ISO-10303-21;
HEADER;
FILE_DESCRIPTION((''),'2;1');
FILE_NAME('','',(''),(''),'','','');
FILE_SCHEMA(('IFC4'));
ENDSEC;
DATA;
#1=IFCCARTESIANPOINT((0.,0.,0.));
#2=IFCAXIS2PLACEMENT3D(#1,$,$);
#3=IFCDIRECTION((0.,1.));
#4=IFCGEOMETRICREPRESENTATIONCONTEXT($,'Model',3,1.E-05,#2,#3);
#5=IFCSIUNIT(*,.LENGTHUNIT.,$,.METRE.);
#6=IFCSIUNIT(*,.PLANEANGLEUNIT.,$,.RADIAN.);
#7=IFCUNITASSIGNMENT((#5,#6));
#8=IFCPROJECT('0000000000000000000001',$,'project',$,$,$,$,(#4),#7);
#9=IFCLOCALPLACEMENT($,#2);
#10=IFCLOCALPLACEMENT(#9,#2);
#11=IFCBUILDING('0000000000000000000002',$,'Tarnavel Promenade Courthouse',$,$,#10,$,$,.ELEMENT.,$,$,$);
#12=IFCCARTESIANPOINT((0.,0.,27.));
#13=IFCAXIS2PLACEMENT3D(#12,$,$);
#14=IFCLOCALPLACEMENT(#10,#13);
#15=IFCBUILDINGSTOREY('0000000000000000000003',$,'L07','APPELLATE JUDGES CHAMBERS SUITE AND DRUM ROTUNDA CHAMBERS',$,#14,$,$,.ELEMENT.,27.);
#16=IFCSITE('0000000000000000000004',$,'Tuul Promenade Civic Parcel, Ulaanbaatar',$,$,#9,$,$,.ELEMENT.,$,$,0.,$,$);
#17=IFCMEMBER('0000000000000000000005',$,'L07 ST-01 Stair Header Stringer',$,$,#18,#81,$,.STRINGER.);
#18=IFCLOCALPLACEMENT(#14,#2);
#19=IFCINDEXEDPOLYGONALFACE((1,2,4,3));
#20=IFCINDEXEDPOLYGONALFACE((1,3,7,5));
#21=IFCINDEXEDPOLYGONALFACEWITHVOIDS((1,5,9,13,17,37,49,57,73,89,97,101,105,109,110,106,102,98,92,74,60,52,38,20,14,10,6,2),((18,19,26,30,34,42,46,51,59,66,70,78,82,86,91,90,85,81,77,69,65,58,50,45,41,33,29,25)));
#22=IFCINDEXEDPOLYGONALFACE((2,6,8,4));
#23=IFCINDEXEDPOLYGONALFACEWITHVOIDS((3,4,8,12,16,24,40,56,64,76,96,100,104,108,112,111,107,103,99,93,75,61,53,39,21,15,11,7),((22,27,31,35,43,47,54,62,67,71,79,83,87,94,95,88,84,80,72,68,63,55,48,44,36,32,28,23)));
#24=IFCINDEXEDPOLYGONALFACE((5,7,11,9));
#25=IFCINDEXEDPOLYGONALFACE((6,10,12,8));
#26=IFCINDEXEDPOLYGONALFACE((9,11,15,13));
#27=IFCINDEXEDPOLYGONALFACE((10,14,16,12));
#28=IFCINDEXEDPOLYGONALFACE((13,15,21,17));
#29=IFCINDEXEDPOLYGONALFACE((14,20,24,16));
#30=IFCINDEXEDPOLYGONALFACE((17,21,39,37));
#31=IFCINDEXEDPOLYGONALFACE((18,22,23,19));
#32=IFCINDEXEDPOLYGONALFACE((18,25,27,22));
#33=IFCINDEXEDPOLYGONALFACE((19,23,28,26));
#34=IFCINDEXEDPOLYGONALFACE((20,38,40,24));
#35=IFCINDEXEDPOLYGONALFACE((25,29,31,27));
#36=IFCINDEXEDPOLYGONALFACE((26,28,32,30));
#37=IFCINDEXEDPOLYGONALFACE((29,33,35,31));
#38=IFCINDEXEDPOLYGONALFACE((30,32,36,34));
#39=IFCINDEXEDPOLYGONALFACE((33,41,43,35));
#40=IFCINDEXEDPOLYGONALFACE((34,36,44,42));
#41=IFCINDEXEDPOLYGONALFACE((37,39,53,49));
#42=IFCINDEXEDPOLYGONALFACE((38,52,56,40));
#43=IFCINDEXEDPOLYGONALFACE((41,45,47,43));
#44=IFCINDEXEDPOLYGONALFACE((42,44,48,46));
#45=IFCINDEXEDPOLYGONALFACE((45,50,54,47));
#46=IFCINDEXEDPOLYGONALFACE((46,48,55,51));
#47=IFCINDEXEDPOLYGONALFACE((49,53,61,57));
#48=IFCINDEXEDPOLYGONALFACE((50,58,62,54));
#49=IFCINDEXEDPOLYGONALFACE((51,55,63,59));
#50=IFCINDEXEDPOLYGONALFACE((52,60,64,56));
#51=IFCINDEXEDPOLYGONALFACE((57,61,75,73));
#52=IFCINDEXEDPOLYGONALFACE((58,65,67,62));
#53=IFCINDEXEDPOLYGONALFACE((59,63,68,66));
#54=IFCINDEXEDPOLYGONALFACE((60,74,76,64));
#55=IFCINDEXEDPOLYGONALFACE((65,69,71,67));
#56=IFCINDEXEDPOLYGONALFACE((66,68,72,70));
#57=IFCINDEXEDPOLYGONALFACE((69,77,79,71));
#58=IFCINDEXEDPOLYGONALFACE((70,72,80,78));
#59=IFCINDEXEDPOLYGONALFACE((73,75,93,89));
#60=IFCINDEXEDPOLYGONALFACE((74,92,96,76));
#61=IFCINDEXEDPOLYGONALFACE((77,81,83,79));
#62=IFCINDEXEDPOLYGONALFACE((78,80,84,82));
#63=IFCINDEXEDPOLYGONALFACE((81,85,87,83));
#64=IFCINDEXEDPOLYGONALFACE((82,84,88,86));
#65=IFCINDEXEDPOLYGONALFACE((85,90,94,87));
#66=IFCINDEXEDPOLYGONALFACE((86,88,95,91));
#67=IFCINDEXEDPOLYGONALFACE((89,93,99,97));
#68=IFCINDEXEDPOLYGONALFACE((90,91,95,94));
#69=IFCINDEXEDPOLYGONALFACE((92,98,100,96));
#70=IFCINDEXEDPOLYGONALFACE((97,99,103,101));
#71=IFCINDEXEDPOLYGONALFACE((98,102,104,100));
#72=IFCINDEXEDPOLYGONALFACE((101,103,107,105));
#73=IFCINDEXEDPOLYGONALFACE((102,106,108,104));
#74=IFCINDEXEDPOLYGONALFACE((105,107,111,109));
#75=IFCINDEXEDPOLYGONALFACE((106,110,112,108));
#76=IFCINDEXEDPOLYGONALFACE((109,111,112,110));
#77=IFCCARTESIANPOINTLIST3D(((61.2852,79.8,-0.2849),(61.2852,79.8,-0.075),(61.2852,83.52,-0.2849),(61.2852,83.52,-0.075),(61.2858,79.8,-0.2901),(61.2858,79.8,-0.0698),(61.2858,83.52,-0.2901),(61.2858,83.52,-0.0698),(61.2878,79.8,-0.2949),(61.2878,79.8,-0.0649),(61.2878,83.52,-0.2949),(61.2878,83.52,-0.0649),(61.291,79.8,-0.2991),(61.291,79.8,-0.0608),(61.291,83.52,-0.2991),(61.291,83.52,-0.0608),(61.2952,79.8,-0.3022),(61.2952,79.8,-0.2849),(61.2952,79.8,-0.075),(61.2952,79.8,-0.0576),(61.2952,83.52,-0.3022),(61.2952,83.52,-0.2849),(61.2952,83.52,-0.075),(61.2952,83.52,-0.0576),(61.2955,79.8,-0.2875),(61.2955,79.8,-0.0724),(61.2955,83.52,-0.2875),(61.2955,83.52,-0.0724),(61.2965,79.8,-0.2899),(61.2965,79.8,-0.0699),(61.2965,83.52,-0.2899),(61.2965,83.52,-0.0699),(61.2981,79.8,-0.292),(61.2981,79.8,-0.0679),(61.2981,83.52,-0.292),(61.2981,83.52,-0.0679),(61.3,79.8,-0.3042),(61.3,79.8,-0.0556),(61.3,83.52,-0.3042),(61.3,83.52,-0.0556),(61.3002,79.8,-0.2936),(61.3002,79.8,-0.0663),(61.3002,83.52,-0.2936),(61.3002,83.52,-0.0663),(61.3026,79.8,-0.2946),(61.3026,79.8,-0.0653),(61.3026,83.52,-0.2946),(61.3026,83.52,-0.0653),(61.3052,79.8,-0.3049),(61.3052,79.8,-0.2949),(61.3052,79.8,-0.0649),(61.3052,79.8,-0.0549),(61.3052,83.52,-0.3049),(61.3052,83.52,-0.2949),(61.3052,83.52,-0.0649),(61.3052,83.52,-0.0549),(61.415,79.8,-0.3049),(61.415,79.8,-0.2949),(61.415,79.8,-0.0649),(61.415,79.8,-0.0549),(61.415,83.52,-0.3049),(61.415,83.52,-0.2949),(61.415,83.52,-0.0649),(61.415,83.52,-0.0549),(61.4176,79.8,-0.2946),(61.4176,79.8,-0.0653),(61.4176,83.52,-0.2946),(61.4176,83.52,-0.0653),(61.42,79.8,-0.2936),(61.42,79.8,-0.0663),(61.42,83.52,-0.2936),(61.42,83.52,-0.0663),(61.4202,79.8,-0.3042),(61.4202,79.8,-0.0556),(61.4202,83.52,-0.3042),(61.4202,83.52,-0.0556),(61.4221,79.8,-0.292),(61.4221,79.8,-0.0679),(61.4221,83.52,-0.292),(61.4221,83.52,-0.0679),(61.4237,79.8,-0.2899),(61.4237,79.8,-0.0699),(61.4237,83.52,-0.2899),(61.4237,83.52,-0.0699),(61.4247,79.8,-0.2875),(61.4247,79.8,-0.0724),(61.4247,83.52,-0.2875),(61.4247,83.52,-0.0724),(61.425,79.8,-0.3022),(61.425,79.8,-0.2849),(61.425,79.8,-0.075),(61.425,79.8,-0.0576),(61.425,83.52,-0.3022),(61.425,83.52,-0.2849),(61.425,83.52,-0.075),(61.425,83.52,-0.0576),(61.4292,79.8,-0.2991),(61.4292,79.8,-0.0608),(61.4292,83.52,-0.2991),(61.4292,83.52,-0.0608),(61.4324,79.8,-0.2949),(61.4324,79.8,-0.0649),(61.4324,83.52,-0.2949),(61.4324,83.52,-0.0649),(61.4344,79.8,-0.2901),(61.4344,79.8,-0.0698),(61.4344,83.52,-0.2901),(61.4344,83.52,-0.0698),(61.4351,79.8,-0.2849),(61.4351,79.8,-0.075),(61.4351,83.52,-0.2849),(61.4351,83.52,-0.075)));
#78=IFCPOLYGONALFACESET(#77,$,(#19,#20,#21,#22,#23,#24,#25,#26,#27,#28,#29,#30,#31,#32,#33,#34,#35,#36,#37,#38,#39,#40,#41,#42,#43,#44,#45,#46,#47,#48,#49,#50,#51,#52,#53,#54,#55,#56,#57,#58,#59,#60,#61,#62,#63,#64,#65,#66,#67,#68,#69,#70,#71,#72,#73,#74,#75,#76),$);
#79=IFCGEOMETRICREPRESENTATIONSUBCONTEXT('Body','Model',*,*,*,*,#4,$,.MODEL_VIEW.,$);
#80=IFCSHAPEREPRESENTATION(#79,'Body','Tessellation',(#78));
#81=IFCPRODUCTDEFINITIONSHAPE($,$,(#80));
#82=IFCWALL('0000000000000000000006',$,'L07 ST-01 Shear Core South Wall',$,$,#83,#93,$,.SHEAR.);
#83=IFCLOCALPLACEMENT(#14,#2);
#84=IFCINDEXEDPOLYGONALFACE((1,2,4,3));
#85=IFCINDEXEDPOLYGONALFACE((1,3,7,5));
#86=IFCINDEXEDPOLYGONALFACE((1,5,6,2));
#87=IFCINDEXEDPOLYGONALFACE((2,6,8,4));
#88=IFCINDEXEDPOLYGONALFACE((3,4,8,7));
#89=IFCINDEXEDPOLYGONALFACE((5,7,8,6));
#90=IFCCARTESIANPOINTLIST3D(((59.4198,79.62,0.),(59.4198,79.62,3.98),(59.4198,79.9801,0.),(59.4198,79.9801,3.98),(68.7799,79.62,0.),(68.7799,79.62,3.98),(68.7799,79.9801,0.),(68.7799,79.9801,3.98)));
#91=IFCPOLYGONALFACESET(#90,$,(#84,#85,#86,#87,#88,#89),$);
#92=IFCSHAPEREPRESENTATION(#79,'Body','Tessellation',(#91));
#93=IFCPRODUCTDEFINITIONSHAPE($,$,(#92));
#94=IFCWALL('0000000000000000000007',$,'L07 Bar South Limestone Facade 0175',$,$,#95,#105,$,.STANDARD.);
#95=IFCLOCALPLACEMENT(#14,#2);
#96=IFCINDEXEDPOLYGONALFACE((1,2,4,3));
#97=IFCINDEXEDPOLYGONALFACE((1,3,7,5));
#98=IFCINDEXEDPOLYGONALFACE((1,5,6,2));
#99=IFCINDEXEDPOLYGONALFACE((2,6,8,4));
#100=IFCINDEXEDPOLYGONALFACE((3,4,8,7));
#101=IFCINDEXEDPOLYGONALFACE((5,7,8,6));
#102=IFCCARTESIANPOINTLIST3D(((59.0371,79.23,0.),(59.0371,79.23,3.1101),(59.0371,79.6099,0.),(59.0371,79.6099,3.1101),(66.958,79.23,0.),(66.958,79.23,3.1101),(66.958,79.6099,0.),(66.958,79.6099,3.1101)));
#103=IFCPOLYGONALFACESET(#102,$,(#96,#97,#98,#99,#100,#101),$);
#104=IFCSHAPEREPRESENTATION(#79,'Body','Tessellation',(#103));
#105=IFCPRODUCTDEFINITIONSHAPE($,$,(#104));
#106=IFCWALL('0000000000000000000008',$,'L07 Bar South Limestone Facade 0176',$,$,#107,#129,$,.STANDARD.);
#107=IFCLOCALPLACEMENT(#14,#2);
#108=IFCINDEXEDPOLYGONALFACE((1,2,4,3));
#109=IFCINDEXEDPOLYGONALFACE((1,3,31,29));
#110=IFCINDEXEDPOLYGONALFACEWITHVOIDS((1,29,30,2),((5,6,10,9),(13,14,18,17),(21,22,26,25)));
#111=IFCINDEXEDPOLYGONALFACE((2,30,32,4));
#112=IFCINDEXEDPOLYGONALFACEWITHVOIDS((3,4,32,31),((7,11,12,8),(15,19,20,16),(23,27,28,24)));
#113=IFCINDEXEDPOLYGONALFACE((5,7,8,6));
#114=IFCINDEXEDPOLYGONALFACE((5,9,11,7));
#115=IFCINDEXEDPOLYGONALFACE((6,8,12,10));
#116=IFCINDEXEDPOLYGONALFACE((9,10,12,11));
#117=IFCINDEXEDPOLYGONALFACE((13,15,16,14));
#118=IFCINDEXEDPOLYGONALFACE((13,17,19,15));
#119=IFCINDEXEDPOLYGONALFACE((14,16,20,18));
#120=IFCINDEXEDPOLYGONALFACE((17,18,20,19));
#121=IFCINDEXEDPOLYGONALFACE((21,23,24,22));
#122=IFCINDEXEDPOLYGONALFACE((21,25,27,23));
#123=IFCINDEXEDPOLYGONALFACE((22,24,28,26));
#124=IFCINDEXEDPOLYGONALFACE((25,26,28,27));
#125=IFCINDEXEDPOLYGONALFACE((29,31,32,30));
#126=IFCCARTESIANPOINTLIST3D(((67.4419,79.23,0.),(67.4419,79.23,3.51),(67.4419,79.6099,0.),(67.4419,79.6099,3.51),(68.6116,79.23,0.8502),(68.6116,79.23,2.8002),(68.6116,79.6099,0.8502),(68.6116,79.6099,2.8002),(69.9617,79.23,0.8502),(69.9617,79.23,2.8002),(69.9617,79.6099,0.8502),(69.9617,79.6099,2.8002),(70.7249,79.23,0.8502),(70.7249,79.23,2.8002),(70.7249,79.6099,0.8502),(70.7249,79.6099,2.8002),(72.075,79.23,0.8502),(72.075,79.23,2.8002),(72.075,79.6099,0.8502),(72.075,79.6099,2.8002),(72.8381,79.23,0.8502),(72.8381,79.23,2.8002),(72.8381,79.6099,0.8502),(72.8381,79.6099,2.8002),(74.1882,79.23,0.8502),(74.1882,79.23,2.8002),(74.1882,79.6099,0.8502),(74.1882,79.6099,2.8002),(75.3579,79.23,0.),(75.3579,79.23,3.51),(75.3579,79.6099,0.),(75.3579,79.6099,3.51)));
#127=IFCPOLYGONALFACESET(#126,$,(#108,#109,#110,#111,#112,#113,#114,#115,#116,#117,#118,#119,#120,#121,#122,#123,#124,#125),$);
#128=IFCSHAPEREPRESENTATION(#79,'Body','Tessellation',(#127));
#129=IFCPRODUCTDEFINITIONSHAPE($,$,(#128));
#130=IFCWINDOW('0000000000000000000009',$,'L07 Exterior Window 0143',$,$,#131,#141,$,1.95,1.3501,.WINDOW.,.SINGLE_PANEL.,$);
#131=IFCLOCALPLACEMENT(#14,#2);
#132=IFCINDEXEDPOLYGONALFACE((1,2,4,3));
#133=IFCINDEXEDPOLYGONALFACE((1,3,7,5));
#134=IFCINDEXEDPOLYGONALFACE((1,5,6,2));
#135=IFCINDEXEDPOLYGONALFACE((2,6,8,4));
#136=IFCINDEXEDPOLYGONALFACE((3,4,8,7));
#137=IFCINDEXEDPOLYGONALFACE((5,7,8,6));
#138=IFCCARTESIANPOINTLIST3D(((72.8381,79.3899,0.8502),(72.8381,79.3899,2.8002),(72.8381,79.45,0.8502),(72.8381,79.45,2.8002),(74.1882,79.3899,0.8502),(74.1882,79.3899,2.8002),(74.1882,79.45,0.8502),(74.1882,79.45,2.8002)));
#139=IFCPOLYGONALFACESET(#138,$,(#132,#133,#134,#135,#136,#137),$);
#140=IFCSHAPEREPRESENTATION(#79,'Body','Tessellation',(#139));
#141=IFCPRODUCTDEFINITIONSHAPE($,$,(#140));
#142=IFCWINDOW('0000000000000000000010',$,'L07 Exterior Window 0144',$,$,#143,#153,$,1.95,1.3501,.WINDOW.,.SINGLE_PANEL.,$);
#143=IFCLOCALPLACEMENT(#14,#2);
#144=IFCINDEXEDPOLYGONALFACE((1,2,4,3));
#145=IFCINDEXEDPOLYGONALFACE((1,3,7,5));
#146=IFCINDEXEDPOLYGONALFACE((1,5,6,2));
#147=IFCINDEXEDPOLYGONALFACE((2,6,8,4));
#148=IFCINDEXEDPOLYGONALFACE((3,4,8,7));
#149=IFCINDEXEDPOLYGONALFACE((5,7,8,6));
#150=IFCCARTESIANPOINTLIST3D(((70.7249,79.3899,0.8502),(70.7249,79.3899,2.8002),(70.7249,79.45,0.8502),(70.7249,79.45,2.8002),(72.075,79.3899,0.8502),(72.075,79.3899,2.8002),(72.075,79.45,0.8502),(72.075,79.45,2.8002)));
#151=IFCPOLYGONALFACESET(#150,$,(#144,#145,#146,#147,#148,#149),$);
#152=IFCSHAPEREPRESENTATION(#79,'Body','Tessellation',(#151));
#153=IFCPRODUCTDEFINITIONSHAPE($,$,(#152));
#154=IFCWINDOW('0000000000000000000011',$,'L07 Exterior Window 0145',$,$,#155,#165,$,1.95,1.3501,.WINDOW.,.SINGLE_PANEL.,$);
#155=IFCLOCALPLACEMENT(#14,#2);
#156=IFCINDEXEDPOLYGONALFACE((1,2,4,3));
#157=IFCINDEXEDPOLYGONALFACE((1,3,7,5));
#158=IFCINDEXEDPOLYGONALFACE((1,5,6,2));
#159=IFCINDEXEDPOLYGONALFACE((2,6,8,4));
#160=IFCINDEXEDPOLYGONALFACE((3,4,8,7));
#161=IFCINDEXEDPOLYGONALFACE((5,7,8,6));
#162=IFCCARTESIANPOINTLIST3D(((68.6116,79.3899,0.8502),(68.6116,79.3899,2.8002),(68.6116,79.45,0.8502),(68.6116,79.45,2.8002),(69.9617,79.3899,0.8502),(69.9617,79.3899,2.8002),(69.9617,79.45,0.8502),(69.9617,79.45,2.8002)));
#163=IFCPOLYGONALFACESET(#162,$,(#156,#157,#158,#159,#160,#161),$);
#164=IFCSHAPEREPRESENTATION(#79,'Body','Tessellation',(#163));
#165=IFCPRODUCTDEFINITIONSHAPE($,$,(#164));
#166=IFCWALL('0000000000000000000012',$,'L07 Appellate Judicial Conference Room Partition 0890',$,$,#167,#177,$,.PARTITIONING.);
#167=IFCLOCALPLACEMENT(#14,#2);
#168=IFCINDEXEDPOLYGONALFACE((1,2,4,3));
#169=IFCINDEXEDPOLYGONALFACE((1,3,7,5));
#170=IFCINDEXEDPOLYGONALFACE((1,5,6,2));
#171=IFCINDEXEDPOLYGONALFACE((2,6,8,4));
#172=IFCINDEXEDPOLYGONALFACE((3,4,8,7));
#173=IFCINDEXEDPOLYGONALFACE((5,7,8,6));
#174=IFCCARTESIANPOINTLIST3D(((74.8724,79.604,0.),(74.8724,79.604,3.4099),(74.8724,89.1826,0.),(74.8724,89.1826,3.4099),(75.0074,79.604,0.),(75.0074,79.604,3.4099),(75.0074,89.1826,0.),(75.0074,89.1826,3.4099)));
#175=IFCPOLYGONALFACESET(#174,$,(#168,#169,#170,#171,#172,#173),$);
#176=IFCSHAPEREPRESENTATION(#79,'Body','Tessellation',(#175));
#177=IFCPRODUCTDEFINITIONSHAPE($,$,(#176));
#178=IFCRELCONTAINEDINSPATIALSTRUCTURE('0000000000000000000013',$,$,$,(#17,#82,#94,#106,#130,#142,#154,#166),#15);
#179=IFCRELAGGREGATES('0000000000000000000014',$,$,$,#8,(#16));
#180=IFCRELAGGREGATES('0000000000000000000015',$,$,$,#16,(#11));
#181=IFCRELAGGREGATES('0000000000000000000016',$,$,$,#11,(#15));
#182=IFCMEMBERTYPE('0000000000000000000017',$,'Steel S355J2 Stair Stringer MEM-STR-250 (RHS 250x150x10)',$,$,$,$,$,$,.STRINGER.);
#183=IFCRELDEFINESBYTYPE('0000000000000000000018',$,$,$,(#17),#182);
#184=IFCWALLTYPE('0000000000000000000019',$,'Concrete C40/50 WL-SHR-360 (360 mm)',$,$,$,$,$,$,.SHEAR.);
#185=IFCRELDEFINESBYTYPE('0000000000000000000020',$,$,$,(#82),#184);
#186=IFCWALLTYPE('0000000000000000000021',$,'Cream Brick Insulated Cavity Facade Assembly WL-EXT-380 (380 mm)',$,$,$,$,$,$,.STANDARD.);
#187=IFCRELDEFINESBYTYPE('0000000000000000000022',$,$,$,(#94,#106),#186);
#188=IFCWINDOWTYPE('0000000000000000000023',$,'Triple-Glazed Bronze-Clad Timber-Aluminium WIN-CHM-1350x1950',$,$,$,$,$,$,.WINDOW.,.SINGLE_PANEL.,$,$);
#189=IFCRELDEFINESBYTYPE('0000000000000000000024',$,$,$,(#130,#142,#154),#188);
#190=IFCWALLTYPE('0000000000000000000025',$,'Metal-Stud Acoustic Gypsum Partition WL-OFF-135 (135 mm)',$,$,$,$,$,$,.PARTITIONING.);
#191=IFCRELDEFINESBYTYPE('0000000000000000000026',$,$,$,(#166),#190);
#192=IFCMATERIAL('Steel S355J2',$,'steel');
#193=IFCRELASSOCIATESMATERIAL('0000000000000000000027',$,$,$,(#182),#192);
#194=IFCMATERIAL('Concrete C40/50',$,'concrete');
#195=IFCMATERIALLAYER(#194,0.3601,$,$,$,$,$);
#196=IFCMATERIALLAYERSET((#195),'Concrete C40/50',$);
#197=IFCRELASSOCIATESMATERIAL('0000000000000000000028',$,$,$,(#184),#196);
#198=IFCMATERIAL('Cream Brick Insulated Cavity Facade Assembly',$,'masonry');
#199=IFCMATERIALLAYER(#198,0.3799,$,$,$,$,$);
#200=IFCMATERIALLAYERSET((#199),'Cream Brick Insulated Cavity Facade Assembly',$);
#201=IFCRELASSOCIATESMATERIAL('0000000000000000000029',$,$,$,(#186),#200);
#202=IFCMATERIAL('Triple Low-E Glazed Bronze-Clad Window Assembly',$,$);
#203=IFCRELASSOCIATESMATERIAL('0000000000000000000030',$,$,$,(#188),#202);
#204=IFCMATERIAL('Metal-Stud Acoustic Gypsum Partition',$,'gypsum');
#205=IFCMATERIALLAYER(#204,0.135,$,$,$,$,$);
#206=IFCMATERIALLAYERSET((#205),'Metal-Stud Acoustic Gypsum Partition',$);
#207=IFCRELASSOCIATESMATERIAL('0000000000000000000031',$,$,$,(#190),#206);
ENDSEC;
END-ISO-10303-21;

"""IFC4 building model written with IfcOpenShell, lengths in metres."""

from ifc_helpers import new_model, si_unit, direction, frame, frame_2d, origin, origin_2d, place, context, subcontext, project, spatial, rectangle, hollow_rectangle, extrude, material, layer, layer_set, material_profile, profile_set, type_object, element, fill, save


model = new_model("IFC4")

# Units and contexts
model_context = context("Model", 3, precision=1e-05, world=origin(), true_north=direction((0.0, 1.0)))
body_context = subcontext(model_context, "Body", "Model", "MODEL_VIEW")
ifc_project = project(units=[si_unit("LENGTHUNIT", "METRE"), si_unit("PLANEANGLEUNIT", "RADIAN")], contexts=[model_context])

# Site, building, storey
site_placement = place(None, origin())
site = spatial("IfcSite", under=ifc_project, at=site_placement, Name="Tuul Promenade Civic Parcel, Ulaanbaatar", CompositionType="ELEMENT", RefElevation=0.0)
building_placement = place(site_placement, origin())
building = spatial("IfcBuilding", under=site, at=building_placement, Name="Tarnavel Promenade Courthouse", CompositionType="ELEMENT")
storey_placement = place(building_placement, frame((0.0, 0.0, 27.0)))
storey = spatial("IfcBuildingStorey", under=building, at=storey_placement, Name="L07", Description="APPELLATE JUDGES CHAMBERS SUITE AND DRUM ROTUNDA CHAMBERS", CompositionType="ELEMENT", Elevation=27.0)

# Shared definitions
ifc_material_1 = material(Name="Concrete C40/50", Category="concrete")

# Member
ifc_material_2 = material(Name="Steel S355J2", Category="steel")
ifc_material_profile_1 = material_profile(ifc_material_2, hollow_rectangle(XDim=0.1499, YDim=0.25, WallThickness=0.01, InnerFilletRadius=0.01, OuterFilletRadius=0.02, at=origin_2d()), Name="RHS 250x150x10")
ifc_profile_set_1 = profile_set([ifc_material_profile_1], Name="Steel S355J2")
member_type_1 = type_object("IfcMemberType", Name="Steel S355J2 Stair Stringer MEM-STR-250 (RHS 250x150x10)", PredefinedType="STRINGER", material=ifc_profile_set_1)
member_placement = place(storey_placement, frame((61.3601, 79.8, -0.1799), z_axis=(0.0, 1.0, 0.0), x_axis=(-1.0, 0.0, 0.0)))
element("IfcMember", 1, at=member_placement, inside=storey, type_object=member_type_1, Name="L07 ST-01 Stair Header Stringer", PredefinedType="STRINGER", context=body_context, shape_type="SweptSolid", body=[
    extrude(hollow_rectangle(XDim=0.1499, YDim=0.25, WallThickness=0.01, InnerFilletRadius=0.01, OuterFilletRadius=0.02, at=origin_2d()), origin(), (0.0, 0.0, 1.0), 3.72),
])

# Walls
ifc_layer_1 = layer(ifc_material_1, 0.3601)
ifc_layer_set_1 = layer_set([ifc_layer_1], Name="Concrete C40/50")
wall_type_1 = type_object("IfcWallType", Name="Concrete C40/50 WL-SHR-360 (360 mm)", PredefinedType="SHEAR", material=ifc_layer_set_1)
wall_1_placement = place(storey_placement, frame((68.78, 79.8, 0.0), z_axis=(0.0, 0.0, 1.0), x_axis=(-1.0, 0.0, 0.0)))
element("IfcWall", 2, at=wall_1_placement, inside=storey, type_object=wall_type_1, Name="L07 ST-01 Shear Core South Wall", PredefinedType="SHEAR", context=body_context, shape_type="SweptSolid", body=[
    extrude(rectangle(XDim=9.3601, YDim=0.3601, at=frame_2d((4.6802, 0.0))), origin(), (0.0, 0.0, 1.0), 3.98),
])
ifc_material_3 = material(Name="Cream Brick Insulated Cavity Facade Assembly", Category="masonry")
ifc_layer_2 = layer(ifc_material_3, 0.3799)
ifc_layer_set_2 = layer_set([ifc_layer_2], Name="Cream Brick Insulated Cavity Facade Assembly")
wall_type_2 = type_object("IfcWallType", Name="Cream Brick Insulated Cavity Facade Assembly WL-EXT-380 (380 mm)", PredefinedType="STANDARD", material=ifc_layer_set_2)
wall_2_placement = place(storey_placement, frame((66.958, 79.4199, 0.0), z_axis=(0.0, 0.0, 1.0), x_axis=(-1.0, 0.0, 0.0)))
element("IfcWall", 3, at=wall_2_placement, inside=storey, type_object=wall_type_2, Name="L07 Bar South Limestone Facade 0175", PredefinedType="STANDARD", context=body_context, shape_type="SweptSolid", body=[
    extrude(rectangle(XDim=7.9209, YDim=0.3799, at=frame_2d((3.9604, 0.0))), origin(), (0.0, 0.0, 1.0), 3.1101),
])

# Wall, openings, windows
wall_3_placement = place(storey_placement, frame((75.3579, 79.4199, 0.0), z_axis=(0.0, 0.0, 1.0), x_axis=(-1.0, 0.0, 0.0)))
wall_3 = element("IfcWall", 4, at=wall_3_placement, inside=storey, type_object=wall_type_2, Name="L07 Bar South Limestone Facade 0176", PredefinedType="STANDARD", context=body_context, shape_type="SweptSolid", body=[
    extrude(rectangle(XDim=7.916, YDim=0.3799, at=frame_2d((3.958, 0.0))), origin(), (0.0, 0.0, 1.0), 3.51),
])
opening_1_placement = place(wall_3_placement, frame((1.1697, 0.0, 0.8501)))
opening_1 = element("IfcOpeningElement", 5, at=opening_1_placement, cuts=wall_3, PredefinedType="OPENING", context=body_context, shape_type="SweptSolid", body=[
    extrude(rectangle(XDim=1.3501, YDim=1.95, at=frame_2d((0.675, 0.9751))), frame((0.0, 0.2, 0.0), z_axis=(0.0, -1.0, 0.0), x_axis=(1.0, 0.0, 0.0)), (0.0, 0.0, 1.0), 0.3999),
])
opening_2_placement = place(wall_3_placement, frame((3.283, 0.0, 0.8501)))
opening_2 = element("IfcOpeningElement", 6, at=opening_2_placement, cuts=wall_3, PredefinedType="OPENING", context=body_context, shape_type="SweptSolid", body=[
    extrude(rectangle(XDim=1.3501, YDim=1.95, at=frame_2d((0.675, 0.9751))), frame((0.0, 0.2, 0.0), z_axis=(0.0, -1.0, 0.0), x_axis=(1.0, 0.0, 0.0)), (0.0, 0.0, 1.0), 0.3999),
])
opening_3_placement = place(wall_3_placement, frame((5.3962, 0.0, 0.8501)))
opening_3 = element("IfcOpeningElement", 7, at=opening_3_placement, cuts=wall_3, PredefinedType="OPENING", context=body_context, shape_type="SweptSolid", body=[
    extrude(rectangle(XDim=1.3501, YDim=1.95, at=frame_2d((0.675, 0.9751))), frame((0.0, 0.2, 0.0), z_axis=(0.0, -1.0, 0.0), x_axis=(1.0, 0.0, 0.0)), (0.0, 0.0, 1.0), 0.3999),
])
ifc_material_4 = material(Name="Triple Low-E Glazed Bronze-Clad Window Assembly")
window_type = type_object("IfcWindowType", Name="Triple-Glazed Bronze-Clad Timber-Aluminium WIN-CHM-1350x1950", PartitioningType="SINGLE_PANEL", PredefinedType="WINDOW", material=ifc_material_4)
window_1_placement = place(opening_1_placement, origin())
window_1 = element("IfcWindow", 8, at=window_1_placement, inside=storey, type_object=window_type, Name="L07 Exterior Window 0143", OverallHeight=1.95, OverallWidth=1.3501, PartitioningType="SINGLE_PANEL", PredefinedType="WINDOW", context=body_context, shape_type="SweptSolid", body=[
    extrude(rectangle(XDim=1.3501, YDim=1.95, at=frame_2d((0.675, 0.9751))), frame((0.0, 0.03, 0.0), z_axis=(0.0, -1.0, 0.0), x_axis=(1.0, 0.0, 0.0)), (0.0, 0.0, 1.0), 0.0601),
])
fill(opening_1, window_1)
window_2_placement = place(opening_2_placement, origin())
window_2 = element("IfcWindow", 9, at=window_2_placement, inside=storey, type_object=window_type, Name="L07 Exterior Window 0144", OverallHeight=1.95, OverallWidth=1.3501, PartitioningType="SINGLE_PANEL", PredefinedType="WINDOW", context=body_context, shape_type="SweptSolid", body=[
    extrude(rectangle(XDim=1.3501, YDim=1.95, at=frame_2d((0.675, 0.9751))), frame((0.0, 0.03, 0.0), z_axis=(0.0, -1.0, 0.0), x_axis=(1.0, 0.0, 0.0)), (0.0, 0.0, 1.0), 0.0601),
])
fill(opening_2, window_2)
window_3_placement = place(opening_3_placement, origin())
window_3 = element("IfcWindow", 10, at=window_3_placement, inside=storey, type_object=window_type, Name="L07 Exterior Window 0145", OverallHeight=1.95, OverallWidth=1.3501, PartitioningType="SINGLE_PANEL", PredefinedType="WINDOW", context=body_context, shape_type="SweptSolid", body=[
    extrude(rectangle(XDim=1.3501, YDim=1.95, at=frame_2d((0.675, 0.9751))), frame((0.0, 0.03, 0.0), z_axis=(0.0, -1.0, 0.0), x_axis=(1.0, 0.0, 0.0)), (0.0, 0.0, 1.0), 0.0601),
])
fill(opening_3, window_3)

# Wall
ifc_material_5 = material(Name="Metal-Stud Acoustic Gypsum Partition", Category="gypsum")
ifc_layer_3 = layer(ifc_material_5, 0.135)
ifc_layer_set_3 = layer_set([ifc_layer_3], Name="Metal-Stud Acoustic Gypsum Partition")
wall_type_3 = type_object("IfcWallType", Name="Metal-Stud Acoustic Gypsum Partition WL-OFF-135 (135 mm)", PredefinedType="PARTITIONING", material=ifc_layer_set_3)
wall_4_placement = place(storey_placement, frame((74.9399, 79.604, 0.0), z_axis=(0.0, 0.0, 1.0), x_axis=(0.0, 1.0, 0.0)))
element("IfcWall", 11, at=wall_4_placement, inside=storey, type_object=wall_type_3, Name="L07 Appellate Judicial Conference Room Partition 0890", PredefinedType="PARTITIONING", context=body_context, shape_type="SweptSolid", body=[
    extrude(rectangle(XDim=9.5786, YDim=0.135, at=frame_2d((4.7893, 0.0))), origin(), (0.0, 0.0, 1.0), 3.4099),
])

save(model, "model.ifc")
